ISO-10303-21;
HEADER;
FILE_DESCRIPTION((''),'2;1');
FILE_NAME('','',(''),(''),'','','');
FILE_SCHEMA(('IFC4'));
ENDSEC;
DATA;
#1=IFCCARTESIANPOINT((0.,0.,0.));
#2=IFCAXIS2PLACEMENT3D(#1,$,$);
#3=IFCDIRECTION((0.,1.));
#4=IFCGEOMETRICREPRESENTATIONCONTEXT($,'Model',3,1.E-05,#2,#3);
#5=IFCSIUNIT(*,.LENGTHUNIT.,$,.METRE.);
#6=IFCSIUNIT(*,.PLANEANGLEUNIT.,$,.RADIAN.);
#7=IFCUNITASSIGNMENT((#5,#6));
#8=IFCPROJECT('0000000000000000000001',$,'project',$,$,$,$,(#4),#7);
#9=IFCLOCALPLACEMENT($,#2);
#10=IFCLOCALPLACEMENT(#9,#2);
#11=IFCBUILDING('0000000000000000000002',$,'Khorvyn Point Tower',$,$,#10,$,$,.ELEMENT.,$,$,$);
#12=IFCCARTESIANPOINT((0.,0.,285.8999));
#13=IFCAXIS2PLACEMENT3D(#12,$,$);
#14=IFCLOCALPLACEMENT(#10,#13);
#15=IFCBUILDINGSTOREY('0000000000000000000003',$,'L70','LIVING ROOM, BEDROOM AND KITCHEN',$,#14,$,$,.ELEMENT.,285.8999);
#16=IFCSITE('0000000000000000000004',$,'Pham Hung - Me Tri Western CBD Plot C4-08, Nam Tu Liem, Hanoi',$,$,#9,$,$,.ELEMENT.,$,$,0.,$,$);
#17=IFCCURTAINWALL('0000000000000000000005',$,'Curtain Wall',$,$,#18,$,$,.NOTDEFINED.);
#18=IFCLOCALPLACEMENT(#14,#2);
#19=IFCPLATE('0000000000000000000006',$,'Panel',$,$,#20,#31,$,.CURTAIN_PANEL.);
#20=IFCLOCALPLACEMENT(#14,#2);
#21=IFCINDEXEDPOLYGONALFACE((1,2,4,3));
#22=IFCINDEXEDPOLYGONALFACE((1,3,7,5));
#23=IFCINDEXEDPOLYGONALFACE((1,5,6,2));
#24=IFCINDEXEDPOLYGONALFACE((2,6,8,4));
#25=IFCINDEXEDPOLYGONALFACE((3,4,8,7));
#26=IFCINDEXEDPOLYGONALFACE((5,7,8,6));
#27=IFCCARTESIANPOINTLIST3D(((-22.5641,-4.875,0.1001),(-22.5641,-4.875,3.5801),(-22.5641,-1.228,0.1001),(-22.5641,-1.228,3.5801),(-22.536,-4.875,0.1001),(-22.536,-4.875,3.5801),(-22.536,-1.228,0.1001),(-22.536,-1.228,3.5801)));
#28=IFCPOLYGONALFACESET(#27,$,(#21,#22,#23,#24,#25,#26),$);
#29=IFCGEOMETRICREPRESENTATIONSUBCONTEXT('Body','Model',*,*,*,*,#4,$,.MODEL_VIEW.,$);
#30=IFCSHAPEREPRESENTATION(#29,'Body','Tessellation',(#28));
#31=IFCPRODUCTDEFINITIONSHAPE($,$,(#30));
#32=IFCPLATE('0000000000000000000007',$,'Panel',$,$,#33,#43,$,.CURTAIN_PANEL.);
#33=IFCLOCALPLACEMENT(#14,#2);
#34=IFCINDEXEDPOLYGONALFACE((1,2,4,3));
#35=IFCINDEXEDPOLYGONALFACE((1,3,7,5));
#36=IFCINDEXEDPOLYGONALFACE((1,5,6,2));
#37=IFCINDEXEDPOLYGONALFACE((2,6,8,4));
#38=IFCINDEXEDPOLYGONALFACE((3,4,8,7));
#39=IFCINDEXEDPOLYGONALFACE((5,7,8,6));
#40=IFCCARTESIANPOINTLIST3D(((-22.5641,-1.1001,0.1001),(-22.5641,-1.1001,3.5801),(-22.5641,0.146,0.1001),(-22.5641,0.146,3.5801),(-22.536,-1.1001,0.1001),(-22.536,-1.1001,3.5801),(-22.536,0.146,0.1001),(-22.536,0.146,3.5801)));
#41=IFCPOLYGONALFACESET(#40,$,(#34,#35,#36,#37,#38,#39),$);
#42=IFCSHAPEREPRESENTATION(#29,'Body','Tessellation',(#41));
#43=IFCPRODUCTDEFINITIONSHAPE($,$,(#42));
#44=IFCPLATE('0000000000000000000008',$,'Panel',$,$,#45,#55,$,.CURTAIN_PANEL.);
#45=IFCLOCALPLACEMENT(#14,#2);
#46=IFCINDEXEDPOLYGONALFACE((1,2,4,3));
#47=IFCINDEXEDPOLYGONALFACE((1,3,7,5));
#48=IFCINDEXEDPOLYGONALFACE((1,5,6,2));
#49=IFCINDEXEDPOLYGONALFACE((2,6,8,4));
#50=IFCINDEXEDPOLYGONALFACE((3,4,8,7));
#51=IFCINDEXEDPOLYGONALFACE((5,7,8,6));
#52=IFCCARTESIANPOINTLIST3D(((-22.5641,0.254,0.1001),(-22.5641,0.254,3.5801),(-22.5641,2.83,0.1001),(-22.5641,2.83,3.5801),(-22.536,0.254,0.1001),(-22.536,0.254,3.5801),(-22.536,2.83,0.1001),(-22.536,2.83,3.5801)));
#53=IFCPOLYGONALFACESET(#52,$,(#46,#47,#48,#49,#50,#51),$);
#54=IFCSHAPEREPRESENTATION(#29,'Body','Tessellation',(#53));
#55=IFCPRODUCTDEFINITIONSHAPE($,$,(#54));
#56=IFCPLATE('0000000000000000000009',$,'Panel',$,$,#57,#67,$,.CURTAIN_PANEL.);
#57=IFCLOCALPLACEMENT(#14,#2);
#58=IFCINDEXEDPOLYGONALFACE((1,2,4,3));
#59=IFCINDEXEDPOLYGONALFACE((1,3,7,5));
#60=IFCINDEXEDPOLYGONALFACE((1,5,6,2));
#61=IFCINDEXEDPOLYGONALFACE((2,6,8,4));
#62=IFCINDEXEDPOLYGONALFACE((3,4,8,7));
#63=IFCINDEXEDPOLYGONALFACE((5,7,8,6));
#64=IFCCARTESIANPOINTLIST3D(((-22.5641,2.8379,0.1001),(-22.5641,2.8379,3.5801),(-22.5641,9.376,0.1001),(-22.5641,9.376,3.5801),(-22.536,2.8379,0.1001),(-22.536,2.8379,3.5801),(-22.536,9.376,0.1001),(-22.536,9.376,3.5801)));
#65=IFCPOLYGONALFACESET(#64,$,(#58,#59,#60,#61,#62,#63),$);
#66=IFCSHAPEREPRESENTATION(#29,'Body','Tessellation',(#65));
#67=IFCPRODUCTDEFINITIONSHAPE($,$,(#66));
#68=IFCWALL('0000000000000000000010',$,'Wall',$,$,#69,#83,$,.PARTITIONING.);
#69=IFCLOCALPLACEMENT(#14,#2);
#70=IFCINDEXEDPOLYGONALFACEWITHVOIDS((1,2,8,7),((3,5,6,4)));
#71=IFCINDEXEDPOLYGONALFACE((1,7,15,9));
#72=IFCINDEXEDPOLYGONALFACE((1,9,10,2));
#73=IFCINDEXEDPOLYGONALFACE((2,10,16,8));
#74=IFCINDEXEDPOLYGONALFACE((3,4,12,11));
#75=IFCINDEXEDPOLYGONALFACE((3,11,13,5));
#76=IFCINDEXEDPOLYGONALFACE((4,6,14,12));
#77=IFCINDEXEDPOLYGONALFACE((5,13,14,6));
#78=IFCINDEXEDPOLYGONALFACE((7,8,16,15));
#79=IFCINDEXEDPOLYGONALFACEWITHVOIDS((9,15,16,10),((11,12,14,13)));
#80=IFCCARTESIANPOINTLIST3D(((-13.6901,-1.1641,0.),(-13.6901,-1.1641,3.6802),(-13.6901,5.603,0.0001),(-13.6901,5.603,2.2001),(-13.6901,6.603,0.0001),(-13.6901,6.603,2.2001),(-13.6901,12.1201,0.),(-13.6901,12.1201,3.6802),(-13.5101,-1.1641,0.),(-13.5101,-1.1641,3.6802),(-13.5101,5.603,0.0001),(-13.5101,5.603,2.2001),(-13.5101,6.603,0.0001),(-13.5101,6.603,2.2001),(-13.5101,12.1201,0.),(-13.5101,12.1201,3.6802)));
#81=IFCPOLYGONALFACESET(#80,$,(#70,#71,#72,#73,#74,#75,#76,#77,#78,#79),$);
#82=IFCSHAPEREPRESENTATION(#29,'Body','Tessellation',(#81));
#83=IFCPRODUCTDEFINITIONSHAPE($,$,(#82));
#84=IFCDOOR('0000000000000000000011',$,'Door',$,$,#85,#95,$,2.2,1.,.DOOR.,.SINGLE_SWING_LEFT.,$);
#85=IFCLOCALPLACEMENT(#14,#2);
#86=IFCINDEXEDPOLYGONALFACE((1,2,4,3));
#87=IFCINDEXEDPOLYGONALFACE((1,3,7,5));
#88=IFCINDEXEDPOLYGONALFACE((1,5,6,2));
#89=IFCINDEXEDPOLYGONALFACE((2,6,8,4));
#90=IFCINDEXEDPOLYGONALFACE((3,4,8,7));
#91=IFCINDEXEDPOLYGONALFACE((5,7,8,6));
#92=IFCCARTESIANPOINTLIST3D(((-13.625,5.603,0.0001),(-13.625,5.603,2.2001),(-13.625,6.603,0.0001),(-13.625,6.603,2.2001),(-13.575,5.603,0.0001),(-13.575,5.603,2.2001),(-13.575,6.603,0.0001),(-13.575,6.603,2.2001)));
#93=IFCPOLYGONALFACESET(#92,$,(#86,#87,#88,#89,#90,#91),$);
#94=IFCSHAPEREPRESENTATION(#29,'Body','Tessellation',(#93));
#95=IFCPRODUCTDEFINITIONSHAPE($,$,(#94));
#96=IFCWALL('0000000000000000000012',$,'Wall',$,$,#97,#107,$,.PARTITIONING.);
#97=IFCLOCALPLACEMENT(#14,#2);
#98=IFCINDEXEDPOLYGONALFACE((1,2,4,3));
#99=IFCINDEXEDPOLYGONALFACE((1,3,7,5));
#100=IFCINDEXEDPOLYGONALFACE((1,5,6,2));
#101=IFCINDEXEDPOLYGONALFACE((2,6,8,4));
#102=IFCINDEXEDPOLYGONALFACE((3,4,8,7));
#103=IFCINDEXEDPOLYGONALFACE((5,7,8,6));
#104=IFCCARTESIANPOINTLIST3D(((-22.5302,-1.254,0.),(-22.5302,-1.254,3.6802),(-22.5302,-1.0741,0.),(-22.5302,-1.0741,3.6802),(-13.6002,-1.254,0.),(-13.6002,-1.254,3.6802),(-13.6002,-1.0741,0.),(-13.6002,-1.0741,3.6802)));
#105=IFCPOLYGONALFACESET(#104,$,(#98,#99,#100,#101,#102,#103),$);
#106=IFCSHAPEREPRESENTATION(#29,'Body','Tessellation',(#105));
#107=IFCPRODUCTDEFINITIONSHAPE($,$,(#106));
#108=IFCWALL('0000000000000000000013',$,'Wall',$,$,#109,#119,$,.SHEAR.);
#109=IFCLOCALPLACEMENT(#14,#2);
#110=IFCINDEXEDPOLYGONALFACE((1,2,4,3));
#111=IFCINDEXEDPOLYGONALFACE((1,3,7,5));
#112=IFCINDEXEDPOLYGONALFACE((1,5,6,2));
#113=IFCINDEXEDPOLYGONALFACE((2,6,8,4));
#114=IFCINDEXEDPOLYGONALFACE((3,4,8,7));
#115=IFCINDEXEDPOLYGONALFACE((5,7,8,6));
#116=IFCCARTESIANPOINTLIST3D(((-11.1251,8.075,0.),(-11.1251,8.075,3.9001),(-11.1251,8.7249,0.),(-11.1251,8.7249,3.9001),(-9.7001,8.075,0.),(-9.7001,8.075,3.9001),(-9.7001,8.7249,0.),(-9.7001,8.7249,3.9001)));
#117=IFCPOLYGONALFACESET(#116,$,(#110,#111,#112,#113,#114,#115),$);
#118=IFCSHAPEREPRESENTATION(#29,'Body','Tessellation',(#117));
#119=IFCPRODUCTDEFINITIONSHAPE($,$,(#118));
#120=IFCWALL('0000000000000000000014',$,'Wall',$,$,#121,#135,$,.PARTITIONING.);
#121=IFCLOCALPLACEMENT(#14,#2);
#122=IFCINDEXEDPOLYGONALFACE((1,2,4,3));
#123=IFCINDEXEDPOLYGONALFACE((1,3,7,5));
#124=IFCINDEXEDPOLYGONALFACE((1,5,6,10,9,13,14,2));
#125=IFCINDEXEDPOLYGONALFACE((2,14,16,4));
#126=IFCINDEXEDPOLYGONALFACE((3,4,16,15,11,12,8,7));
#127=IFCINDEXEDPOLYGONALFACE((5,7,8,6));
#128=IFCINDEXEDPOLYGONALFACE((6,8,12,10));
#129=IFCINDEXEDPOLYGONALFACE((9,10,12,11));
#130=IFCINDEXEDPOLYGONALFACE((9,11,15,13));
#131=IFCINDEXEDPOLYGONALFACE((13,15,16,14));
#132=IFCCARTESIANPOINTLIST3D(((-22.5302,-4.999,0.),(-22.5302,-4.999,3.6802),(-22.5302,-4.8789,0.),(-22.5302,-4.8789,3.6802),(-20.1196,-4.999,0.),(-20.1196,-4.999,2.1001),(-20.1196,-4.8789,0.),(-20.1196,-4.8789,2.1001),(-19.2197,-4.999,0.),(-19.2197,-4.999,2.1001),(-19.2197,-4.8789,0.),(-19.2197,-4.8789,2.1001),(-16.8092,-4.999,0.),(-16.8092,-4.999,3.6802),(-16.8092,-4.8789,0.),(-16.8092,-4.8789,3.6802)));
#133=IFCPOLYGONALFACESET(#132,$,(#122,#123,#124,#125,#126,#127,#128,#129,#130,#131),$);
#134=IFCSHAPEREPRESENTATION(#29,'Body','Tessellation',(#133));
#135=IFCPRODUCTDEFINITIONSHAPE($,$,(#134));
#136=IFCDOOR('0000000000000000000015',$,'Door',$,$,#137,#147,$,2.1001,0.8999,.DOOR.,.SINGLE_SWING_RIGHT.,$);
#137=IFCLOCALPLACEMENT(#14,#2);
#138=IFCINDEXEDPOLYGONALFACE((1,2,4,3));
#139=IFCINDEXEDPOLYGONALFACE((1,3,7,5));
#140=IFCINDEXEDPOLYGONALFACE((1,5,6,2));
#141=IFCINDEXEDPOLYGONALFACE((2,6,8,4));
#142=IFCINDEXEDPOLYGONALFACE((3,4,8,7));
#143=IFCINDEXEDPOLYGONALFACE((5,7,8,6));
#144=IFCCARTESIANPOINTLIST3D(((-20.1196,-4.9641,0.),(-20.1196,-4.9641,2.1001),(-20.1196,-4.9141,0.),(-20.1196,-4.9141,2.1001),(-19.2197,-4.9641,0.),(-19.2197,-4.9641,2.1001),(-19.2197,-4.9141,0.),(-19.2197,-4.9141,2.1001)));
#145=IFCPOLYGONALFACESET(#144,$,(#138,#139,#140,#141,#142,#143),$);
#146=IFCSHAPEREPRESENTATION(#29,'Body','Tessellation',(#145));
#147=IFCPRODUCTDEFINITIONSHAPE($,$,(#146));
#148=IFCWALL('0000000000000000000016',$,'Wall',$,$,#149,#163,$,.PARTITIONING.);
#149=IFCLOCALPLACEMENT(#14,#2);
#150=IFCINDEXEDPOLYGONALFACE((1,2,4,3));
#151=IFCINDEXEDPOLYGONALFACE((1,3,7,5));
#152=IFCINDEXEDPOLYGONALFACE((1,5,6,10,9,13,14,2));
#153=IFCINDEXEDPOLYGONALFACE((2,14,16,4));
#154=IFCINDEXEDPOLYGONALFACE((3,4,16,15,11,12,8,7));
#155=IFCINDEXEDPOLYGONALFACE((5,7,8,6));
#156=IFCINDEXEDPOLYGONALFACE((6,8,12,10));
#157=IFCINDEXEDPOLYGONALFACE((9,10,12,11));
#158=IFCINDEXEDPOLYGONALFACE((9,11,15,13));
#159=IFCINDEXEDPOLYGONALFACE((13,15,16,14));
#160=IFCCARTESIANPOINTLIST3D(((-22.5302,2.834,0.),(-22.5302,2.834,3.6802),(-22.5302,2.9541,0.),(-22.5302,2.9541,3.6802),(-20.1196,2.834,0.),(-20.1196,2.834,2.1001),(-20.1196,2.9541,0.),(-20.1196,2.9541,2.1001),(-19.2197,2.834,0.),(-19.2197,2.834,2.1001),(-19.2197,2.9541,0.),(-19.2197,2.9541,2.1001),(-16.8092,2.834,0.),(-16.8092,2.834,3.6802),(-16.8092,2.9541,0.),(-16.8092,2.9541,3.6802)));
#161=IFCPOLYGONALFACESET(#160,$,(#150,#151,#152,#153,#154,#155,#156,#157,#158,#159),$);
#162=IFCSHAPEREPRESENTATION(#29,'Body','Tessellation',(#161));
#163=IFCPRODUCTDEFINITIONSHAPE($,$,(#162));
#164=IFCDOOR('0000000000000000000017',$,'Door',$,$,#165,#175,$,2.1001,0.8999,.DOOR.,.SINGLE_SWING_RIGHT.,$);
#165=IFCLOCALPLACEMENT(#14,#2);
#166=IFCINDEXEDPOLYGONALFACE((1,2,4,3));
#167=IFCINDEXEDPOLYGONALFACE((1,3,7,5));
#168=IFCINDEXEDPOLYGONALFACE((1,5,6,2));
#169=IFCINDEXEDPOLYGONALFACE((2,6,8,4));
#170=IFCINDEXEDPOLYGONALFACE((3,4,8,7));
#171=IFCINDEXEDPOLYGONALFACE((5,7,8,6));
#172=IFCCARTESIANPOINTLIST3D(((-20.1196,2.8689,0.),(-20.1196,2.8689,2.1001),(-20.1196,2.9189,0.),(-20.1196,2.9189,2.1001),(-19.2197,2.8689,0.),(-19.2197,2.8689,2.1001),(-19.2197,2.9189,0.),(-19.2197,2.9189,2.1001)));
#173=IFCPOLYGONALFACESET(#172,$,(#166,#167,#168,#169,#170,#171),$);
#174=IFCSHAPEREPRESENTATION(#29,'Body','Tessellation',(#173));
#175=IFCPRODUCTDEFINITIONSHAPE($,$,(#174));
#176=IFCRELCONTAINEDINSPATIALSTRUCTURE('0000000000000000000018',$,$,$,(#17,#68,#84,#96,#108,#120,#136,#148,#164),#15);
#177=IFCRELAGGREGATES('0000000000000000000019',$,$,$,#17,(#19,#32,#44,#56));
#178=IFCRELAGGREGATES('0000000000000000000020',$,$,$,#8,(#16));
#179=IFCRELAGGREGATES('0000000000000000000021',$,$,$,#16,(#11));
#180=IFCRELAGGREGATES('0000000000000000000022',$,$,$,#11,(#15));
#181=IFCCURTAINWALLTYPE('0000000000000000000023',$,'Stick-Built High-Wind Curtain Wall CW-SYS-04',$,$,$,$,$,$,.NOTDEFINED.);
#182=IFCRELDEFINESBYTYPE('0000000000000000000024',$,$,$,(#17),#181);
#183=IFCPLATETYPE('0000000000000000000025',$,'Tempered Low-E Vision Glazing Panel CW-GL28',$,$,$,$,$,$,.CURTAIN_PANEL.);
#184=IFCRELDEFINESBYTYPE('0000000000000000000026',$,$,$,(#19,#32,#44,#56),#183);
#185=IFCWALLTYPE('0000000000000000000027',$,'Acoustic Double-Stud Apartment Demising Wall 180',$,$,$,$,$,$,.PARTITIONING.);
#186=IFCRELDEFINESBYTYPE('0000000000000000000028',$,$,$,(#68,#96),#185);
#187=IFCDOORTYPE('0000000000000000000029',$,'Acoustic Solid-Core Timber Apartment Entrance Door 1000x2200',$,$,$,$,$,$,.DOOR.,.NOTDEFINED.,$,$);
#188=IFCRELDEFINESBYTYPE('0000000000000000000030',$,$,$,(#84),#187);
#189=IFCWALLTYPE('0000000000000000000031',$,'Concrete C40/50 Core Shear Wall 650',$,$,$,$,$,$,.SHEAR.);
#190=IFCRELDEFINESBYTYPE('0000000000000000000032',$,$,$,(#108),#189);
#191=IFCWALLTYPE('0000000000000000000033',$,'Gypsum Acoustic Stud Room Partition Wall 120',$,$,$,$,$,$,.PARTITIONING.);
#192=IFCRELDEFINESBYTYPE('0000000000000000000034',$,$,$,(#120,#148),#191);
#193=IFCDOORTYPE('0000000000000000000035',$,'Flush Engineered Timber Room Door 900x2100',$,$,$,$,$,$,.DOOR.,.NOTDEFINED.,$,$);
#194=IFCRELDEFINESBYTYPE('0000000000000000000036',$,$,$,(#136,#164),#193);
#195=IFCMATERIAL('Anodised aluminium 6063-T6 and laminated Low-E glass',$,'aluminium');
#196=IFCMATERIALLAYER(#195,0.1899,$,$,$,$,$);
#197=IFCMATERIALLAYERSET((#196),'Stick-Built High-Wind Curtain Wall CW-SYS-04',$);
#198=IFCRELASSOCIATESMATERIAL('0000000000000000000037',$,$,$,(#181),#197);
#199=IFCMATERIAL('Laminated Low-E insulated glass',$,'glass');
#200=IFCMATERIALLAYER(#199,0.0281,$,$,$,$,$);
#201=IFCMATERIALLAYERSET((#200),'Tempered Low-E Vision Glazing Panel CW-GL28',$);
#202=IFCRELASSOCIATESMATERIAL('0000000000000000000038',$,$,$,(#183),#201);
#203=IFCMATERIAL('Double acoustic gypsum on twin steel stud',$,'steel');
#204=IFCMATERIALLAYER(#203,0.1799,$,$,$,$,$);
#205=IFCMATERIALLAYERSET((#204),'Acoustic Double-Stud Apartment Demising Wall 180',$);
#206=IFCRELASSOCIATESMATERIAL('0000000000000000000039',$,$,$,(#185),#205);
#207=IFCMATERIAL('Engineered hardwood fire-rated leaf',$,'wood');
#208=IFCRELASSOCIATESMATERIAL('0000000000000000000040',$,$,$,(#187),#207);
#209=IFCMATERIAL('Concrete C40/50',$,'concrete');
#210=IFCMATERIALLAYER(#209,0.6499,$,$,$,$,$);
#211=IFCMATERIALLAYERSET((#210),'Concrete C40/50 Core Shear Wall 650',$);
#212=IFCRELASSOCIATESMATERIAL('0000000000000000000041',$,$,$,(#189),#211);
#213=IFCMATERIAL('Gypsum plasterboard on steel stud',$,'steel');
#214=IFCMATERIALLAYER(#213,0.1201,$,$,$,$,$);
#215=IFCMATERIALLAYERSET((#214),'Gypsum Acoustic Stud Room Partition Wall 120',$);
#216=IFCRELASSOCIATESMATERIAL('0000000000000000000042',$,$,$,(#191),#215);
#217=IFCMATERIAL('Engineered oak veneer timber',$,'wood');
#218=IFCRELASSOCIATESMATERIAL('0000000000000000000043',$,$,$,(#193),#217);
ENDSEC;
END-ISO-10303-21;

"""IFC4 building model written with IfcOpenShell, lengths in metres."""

from ifc_helpers import new_model, si_unit, direction, frame, frame_2d, origin, origin_2d, place, context, subcontext, project, spatial, rectangle, extrude, material, layer, layer_set, type_object, element, fill, aggregate, save


model = new_model("IFC4")

# Units and contexts
model_context = context("Model", 3, precision=1e-05, world=origin(), true_north=direction((0.0, 1.0)))
body_context = subcontext(model_context, "Body", "Model", "MODEL_VIEW")
ifc_project = project(units=[si_unit("LENGTHUNIT", "METRE"), si_unit("PLANEANGLEUNIT", "RADIAN")], contexts=[model_context])

# Site, building, storey
site_placement = place(None, origin())
site = spatial("IfcSite", under=ifc_project, at=site_placement, Name="Pham Hung - Me Tri Western CBD Plot C4-08, Nam Tu Liem, Hanoi", CompositionType="ELEMENT", RefElevation=0.0)
building_placement = place(site_placement, origin())
building = spatial("IfcBuilding", under=site, at=building_placement, Name="Khorvyn Point Tower", CompositionType="ELEMENT")
storey_placement = place(building_placement, frame((0.0, 0.0, 285.8999)))
storey = spatial("IfcBuildingStorey", under=building, at=storey_placement, Name="L70", Description="LIVING ROOM, BEDROOM AND KITCHEN", CompositionType="ELEMENT", Elevation=285.8999)

# Shared definitions
ifc_material_1 = material(Name="Concrete C40/50", Category="concrete")

# Curtain wall
ifc_material_2 = material(Name="Anodised aluminium 6063-T6 and laminated Low-E glass", Category="aluminium")
ifc_layer_1 = layer(ifc_material_2, 0.1899)
ifc_layer_set_1 = layer_set([ifc_layer_1], Name="Stick-Built High-Wind Curtain Wall CW-SYS-04")
curtain_wall_type = type_object("IfcCurtainWallType", Name="Stick-Built High-Wind Curtain Wall CW-SYS-04", PredefinedType="NOTDEFINED", material=ifc_layer_set_1)
curtain_wall_placement = place(storey_placement, origin())
curtain_wall = element("IfcCurtainWall", 1, at=curtain_wall_placement, inside=storey, type_object=curtain_wall_type, Name="Curtain Wall", PredefinedType="NOTDEFINED")

# Plates
ifc_material_3 = material(Name="Laminated Low-E insulated glass", Category="glass")
ifc_layer_2 = layer(ifc_material_3, 0.0281)
ifc_layer_set_2 = layer_set([ifc_layer_2], Name="Tempered Low-E Vision Glazing Panel CW-GL28")
plate_type = type_object("IfcPlateType", Name="Tempered Low-E Vision Glazing Panel CW-GL28", PredefinedType="CURTAIN_PANEL", material=ifc_layer_set_2)
plate_1_placement = place(storey_placement, frame((-22.55, -3.0515, 0.1001), z_axis=(0.0, 0.0, 1.0), x_axis=(0.0, 1.0, 0.0)))
plate_1 = element("IfcPlate", 2, at=plate_1_placement, type_object=plate_type, Name="Panel", PredefinedType="CURTAIN_PANEL", context=body_context, shape_type="SweptSolid", body=[
    extrude(rectangle(XDim=3.647, YDim=0.0281, at=origin_2d()), origin(), (0.0, 0.0, 1.0), 3.48),
])
plate_2_placement = place(storey_placement, frame((-22.55, -0.4771, 0.1001), z_axis=(0.0, 0.0, 1.0), x_axis=(0.0, 1.0, 0.0)))
plate_2 = element("IfcPlate", 3, at=plate_2_placement, type_object=plate_type, Name="Panel", PredefinedType="CURTAIN_PANEL", context=body_context, shape_type="SweptSolid", body=[
    extrude(rectangle(XDim=1.2461, YDim=0.0281, at=origin_2d()), origin(), (0.0, 0.0, 1.0), 3.48),
])
plate_3_placement = place(storey_placement, frame((-22.55, 1.542, 0.1001), z_axis=(0.0, 0.0, 1.0), x_axis=(0.0, 1.0, 0.0)))
plate_3 = element("IfcPlate", 4, at=plate_3_placement, type_object=plate_type, Name="Panel", PredefinedType="CURTAIN_PANEL", context=body_context, shape_type="SweptSolid", body=[
    extrude(rectangle(XDim=2.5759, YDim=0.0281, at=origin_2d()), origin(), (0.0, 0.0, 1.0), 3.48),
])
plate_4_placement = place(storey_placement, frame((-22.55, 6.1069, 0.1001), z_axis=(0.0, 0.0, 1.0), x_axis=(0.0, 1.0, 0.0)))
plate_4 = element("IfcPlate", 5, at=plate_4_placement, type_object=plate_type, Name="Panel", PredefinedType="CURTAIN_PANEL", context=body_context, shape_type="SweptSolid", body=[
    extrude(rectangle(XDim=6.5381, YDim=0.0281, at=origin_2d()), origin(), (0.0, 0.0, 1.0), 3.48),
])
aggregate(curtain_wall, [plate_1, plate_2, plate_3, plate_4])

# Wall, opening, door
ifc_material_4 = material(Name="Double acoustic gypsum on twin steel stud", Category="steel")
ifc_layer_3 = layer(ifc_material_4, 0.1799)
ifc_layer_set_3 = layer_set([ifc_layer_3], Name="Acoustic Double-Stud Apartment Demising Wall 180")
wall_type_1 = type_object("IfcWallType", Name="Acoustic Double-Stud Apartment Demising Wall 180", PredefinedType="PARTITIONING", material=ifc_layer_set_3)
wall_1_placement = place(storey_placement, frame((-13.6001, -1.1641, 0.0), z_axis=(0.0, 0.0, 1.0), x_axis=(0.0, 1.0, 0.0)))
wall_1 = element("IfcWall", 6, at=wall_1_placement, inside=storey, type_object=wall_type_1, Name="Wall", PredefinedType="PARTITIONING", context=body_context, shape_type="SweptSolid", body=[
    extrude(rectangle(XDim=13.2842, YDim=0.1799, at=frame_2d((6.6421, 0.0))), origin(), (0.0, 0.0, 1.0), 3.6802),
])
opening_1_placement = place(wall_1_placement, frame((6.7671, 0.0, 0.0)))
opening_1 = element("IfcOpeningElement", 7, at=opening_1_placement, cuts=wall_1, PredefinedType="OPENING", context=body_context, shape_type="SweptSolid", body=[
    extrude(rectangle(XDim=1.0, YDim=2.2, at=frame_2d((0.5, 1.1001))), frame((0.0, 0.0999, 0.0), z_axis=(0.0, -1.0, 0.0), x_axis=(1.0, 0.0, 0.0)), (0.0, 0.0, 1.0), 0.2),
])
ifc_material_5 = material(Name="Engineered hardwood fire-rated leaf", Category="wood")
door_type_1 = type_object("IfcDoorType", Name="Acoustic Solid-Core Timber Apartment Entrance Door 1000x2200", OperationType="NOTDEFINED", PredefinedType="DOOR", material=ifc_material_5)
door_1_placement = place(opening_1_placement, origin())
door_1 = element("IfcDoor", 8, at=door_1_placement, inside=storey, type_object=door_type_1, Name="Door", OperationType="SINGLE_SWING_LEFT", OverallHeight=2.2, OverallWidth=1.0, PredefinedType="DOOR", context=body_context, shape_type="SweptSolid", body=[
    extrude(rectangle(XDim=1.0, YDim=2.2, at=frame_2d((0.5, 1.1001))), frame((0.0, 0.0249, 0.0), z_axis=(0.0, -1.0, 0.0), x_axis=(1.0, 0.0, 0.0)), (0.0, 0.0, 1.0), 0.05),
])
fill(opening_1, door_1)

# Walls
wall_2_placement = place(storey_placement, frame((-22.53, -1.1641, 0.0), z_axis=(0.0, 0.0, 1.0), x_axis=(1.0, 0.0, 0.0)))
element("IfcWall", 9, at=wall_2_placement, inside=storey, type_object=wall_type_1, Name="Wall", PredefinedType="PARTITIONING", context=body_context, shape_type="SweptSolid", body=[
    extrude(rectangle(XDim=8.9299, YDim=0.1799, at=frame_2d((4.4648, 0.0))), origin(), (0.0, 0.0, 1.0), 3.6802),
])
ifc_layer_4 = layer(ifc_material_1, 0.6499)
ifc_layer_set_4 = layer_set([ifc_layer_4], Name="Concrete C40/50 Core Shear Wall 650")
wall_type_2 = type_object("IfcWallType", Name="Concrete C40/50 Core Shear Wall 650", PredefinedType="SHEAR", material=ifc_layer_set_4)
wall_3_placement = place(storey_placement, frame((-11.125, 8.3999, 0.0), z_axis=(0.0, 0.0, 1.0), x_axis=(1.0, 0.0, 0.0)))
element("IfcWall", 10, at=wall_3_placement, inside=storey, type_object=wall_type_2, Name="Wall", PredefinedType="SHEAR", context=body_context, shape_type="SweptSolid", body=[
    extrude(rectangle(XDim=1.425, YDim=0.6499, at=frame_2d((0.7124, 0.0))), origin(), (0.0, 0.0, 1.0), 3.9001),
])

# Walls, openings, doors
ifc_material_6 = material(Name="Gypsum plasterboard on steel stud", Category="steel")
ifc_layer_5 = layer(ifc_material_6, 0.1201)
ifc_layer_set_5 = layer_set([ifc_layer_5], Name="Gypsum Acoustic Stud Room Partition Wall 120")
wall_type_3 = type_object("IfcWallType", Name="Gypsum Acoustic Stud Room Partition Wall 120", PredefinedType="PARTITIONING", material=ifc_layer_set_5)
wall_4_placement = place(storey_placement, frame((-22.53, -4.939, 0.0), z_axis=(0.0, 0.0, 1.0), x_axis=(1.0, 0.0, 0.0)))
wall_4 = element("IfcWall", 11, at=wall_4_placement, inside=storey, type_object=wall_type_3, Name="Wall", PredefinedType="PARTITIONING", context=body_context, shape_type="SweptSolid", body=[
    extrude(rectangle(XDim=5.7209, YDim=0.1201, at=frame_2d((2.8604, 0.0))), origin(), (0.0, 0.0, 1.0), 3.6802),
])
opening_2_placement = place(wall_4_placement, frame((2.4104, 0.0, 0.0)))
opening_2 = element("IfcOpeningElement", 12, at=opening_2_placement, cuts=wall_4, PredefinedType="OPENING", context=body_context, shape_type="SweptSolid", body=[
    extrude(rectangle(XDim=0.8999, YDim=2.1001, at=frame_2d((0.45, 1.05))), frame((0.0, 0.0701, 0.0), z_axis=(0.0, -1.0, 0.0), x_axis=(1.0, 0.0, 0.0)), (0.0, 0.0, 1.0), 0.1401),
])
ifc_material_7 = material(Name="Engineered oak veneer timber", Category="wood")
door_type_2 = type_object("IfcDoorType", Name="Flush Engineered Timber Room Door 900x2100", OperationType="NOTDEFINED", PredefinedType="DOOR", material=ifc_material_7)
door_2_placement = place(opening_2_placement, origin())
door_2 = element("IfcDoor", 13, at=door_2_placement, inside=storey, type_object=door_type_2, Name="Door", OperationType="SINGLE_SWING_RIGHT", OverallHeight=2.1001, OverallWidth=0.8999, PredefinedType="DOOR", context=body_context, shape_type="SweptSolid", body=[
    extrude(rectangle(XDim=0.8999, YDim=2.1001, at=frame_2d((0.45, 1.05))), frame((0.0, 0.0249, 0.0), z_axis=(0.0, -1.0, 0.0), x_axis=(1.0, 0.0, 0.0)), (0.0, 0.0, 1.0), 0.05),
])
fill(opening_2, door_2)
wall_5_placement = place(storey_placement, frame((-22.53, 2.894, 0.0), z_axis=(0.0, 0.0, 1.0), x_axis=(1.0, 0.0, 0.0)))
wall_5 = element("IfcWall", 14, at=wall_5_placement, inside=storey, type_object=wall_type_3, Name="Wall", PredefinedType="PARTITIONING", context=body_context, shape_type="SweptSolid", body=[
    extrude(rectangle(XDim=5.7209, YDim=0.1201, at=frame_2d((2.8604, 0.0))), origin(), (0.0, 0.0, 1.0), 3.6802),
])
opening_3_placement = place(wall_5_placement, frame((2.4104, 0.0, 0.0)))
opening_3 = element("IfcOpeningElement", 15, at=opening_3_placement, cuts=wall_5, PredefinedType="OPENING", context=body_context, shape_type="SweptSolid", body=[
    extrude(rectangle(XDim=0.8999, YDim=2.1001, at=frame_2d((0.45, 1.05))), frame((0.0, 0.0701, 0.0), z_axis=(0.0, -1.0, 0.0), x_axis=(1.0, 0.0, 0.0)), (0.0, 0.0, 1.0), 0.1401),
])
door_3_placement = place(opening_3_placement, origin())
door_3 = element("IfcDoor", 16, at=door_3_placement, inside=storey, type_object=door_type_2, Name="Door", OperationType="SINGLE_SWING_RIGHT", OverallHeight=2.1001, OverallWidth=0.8999, PredefinedType="DOOR", context=body_context, shape_type="SweptSolid", body=[
    extrude(rectangle(XDim=0.8999, YDim=2.1001, at=frame_2d((0.45, 1.05))), frame((0.0, 0.0249, 0.0), z_axis=(0.0, -1.0, 0.0), x_axis=(1.0, 0.0, 0.0)), (0.0, 0.0, 1.0), 0.05),
])
fill(opening_3, door_3)

save(model, "model.ifc")
